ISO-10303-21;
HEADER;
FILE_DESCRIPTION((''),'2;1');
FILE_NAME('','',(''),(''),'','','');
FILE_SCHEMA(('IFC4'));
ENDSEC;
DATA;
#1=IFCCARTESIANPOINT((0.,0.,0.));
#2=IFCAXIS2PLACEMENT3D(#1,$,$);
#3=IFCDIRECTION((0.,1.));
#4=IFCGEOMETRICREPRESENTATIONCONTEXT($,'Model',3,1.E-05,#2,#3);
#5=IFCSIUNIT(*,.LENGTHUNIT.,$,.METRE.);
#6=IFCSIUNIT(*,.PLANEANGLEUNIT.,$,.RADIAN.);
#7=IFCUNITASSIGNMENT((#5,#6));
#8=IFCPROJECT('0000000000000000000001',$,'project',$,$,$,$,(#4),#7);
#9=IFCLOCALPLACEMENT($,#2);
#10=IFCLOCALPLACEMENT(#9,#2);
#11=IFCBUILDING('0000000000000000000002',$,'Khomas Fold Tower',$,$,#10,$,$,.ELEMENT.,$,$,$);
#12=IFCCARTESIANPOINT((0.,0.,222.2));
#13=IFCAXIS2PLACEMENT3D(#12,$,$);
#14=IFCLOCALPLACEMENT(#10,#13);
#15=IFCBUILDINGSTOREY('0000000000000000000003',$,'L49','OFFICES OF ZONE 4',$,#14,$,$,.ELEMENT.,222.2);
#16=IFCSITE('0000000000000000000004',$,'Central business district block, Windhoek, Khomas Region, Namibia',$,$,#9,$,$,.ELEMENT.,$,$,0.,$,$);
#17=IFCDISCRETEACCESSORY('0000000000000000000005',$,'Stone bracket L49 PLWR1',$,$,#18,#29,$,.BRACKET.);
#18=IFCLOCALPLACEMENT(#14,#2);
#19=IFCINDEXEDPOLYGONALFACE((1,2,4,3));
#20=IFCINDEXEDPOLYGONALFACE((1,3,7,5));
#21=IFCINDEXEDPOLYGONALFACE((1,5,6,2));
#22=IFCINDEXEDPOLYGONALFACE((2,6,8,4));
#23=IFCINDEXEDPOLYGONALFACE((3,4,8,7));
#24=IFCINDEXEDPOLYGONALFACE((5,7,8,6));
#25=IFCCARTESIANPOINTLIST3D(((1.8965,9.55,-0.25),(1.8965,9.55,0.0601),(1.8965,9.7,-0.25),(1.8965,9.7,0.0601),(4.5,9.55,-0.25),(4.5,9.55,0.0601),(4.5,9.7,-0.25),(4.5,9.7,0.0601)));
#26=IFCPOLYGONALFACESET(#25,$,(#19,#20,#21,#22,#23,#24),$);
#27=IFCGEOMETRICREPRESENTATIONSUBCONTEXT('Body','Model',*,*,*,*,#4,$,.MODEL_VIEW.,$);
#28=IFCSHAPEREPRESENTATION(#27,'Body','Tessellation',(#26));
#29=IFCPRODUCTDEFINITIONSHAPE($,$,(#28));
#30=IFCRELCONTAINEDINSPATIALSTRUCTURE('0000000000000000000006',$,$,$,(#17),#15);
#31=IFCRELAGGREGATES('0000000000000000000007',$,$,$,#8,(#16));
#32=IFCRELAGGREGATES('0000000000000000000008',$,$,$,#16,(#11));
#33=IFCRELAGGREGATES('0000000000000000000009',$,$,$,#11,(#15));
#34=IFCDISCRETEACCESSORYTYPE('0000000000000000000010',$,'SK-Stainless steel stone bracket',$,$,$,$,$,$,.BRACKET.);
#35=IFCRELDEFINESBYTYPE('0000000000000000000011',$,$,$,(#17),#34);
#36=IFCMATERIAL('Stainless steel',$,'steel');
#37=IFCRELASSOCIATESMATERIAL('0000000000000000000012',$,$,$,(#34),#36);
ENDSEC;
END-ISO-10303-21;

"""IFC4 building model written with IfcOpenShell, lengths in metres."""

from ifc_helpers import new_model, si_unit, direction, frame, origin, origin_2d, place, context, subcontext, project, spatial, rectangle, extrude, source, transform, mapped, material, type_object, element, save


model = new_model("IFC4")

# Units and contexts
model_context = context("Model", 3, precision=1e-05, world=origin(), true_north=direction((0.0, 1.0)))
body_context = subcontext(model_context, "Body", "Model", "MODEL_VIEW")
ifc_project = project(units=[si_unit("LENGTHUNIT", "METRE"), si_unit("PLANEANGLEUNIT", "RADIAN")], contexts=[model_context])

# Site, building, storey
site_placement = place(None, origin())
site = spatial("IfcSite", under=ifc_project, at=site_placement, Name="Central business district block, Windhoek, Khomas Region, Namibia", CompositionType="ELEMENT", RefElevation=0.0)
building_placement = place(site_placement, origin())
building = spatial("IfcBuilding", under=site, at=building_placement, Name="Khomas Fold Tower", CompositionType="ELEMENT")
storey_placement = place(building_placement, frame((0.0, 0.0, 222.2)))
storey = spatial("IfcBuildingStorey", under=building, at=storey_placement, Name="L49", Description="OFFICES OF ZONE 4", CompositionType="ELEMENT", Elevation=222.2)

# Discrete accessory
ifc_material_1 = material(Name="Stainless steel", Category="steel")
discrete_accessory_type = type_object("IfcDiscreteAccessoryType", Name="SK-Stainless steel stone bracket", PredefinedType="BRACKET", material=ifc_material_1)
shared_shape_1 = source(origin(), body_context, "Body", "SweptSolid", [
    extrude(rectangle(XDim=2.6035, YDim=0.1499, at=origin_2d()), origin(), (0.0, 0.0, 1.0), 0.3101),
])
discrete_accessory_placement = place(storey_placement, frame((3.1982, 9.625, -0.25), z_axis=(0.0, 0.0, 1.0), x_axis=(-1.0, 0.0, 0.0)))
element("IfcDiscreteAccessory", 1, at=discrete_accessory_placement, inside=storey, type_object=discrete_accessory_type, Name="Stone bracket L49 PLWR1", PredefinedType="BRACKET", context=body_context, shape_type="MappedRepresentation", body=[
    mapped(shared_shape_1, transform((0.0, 0.0, 0.0))),
])

save(model, "model.ifc")
